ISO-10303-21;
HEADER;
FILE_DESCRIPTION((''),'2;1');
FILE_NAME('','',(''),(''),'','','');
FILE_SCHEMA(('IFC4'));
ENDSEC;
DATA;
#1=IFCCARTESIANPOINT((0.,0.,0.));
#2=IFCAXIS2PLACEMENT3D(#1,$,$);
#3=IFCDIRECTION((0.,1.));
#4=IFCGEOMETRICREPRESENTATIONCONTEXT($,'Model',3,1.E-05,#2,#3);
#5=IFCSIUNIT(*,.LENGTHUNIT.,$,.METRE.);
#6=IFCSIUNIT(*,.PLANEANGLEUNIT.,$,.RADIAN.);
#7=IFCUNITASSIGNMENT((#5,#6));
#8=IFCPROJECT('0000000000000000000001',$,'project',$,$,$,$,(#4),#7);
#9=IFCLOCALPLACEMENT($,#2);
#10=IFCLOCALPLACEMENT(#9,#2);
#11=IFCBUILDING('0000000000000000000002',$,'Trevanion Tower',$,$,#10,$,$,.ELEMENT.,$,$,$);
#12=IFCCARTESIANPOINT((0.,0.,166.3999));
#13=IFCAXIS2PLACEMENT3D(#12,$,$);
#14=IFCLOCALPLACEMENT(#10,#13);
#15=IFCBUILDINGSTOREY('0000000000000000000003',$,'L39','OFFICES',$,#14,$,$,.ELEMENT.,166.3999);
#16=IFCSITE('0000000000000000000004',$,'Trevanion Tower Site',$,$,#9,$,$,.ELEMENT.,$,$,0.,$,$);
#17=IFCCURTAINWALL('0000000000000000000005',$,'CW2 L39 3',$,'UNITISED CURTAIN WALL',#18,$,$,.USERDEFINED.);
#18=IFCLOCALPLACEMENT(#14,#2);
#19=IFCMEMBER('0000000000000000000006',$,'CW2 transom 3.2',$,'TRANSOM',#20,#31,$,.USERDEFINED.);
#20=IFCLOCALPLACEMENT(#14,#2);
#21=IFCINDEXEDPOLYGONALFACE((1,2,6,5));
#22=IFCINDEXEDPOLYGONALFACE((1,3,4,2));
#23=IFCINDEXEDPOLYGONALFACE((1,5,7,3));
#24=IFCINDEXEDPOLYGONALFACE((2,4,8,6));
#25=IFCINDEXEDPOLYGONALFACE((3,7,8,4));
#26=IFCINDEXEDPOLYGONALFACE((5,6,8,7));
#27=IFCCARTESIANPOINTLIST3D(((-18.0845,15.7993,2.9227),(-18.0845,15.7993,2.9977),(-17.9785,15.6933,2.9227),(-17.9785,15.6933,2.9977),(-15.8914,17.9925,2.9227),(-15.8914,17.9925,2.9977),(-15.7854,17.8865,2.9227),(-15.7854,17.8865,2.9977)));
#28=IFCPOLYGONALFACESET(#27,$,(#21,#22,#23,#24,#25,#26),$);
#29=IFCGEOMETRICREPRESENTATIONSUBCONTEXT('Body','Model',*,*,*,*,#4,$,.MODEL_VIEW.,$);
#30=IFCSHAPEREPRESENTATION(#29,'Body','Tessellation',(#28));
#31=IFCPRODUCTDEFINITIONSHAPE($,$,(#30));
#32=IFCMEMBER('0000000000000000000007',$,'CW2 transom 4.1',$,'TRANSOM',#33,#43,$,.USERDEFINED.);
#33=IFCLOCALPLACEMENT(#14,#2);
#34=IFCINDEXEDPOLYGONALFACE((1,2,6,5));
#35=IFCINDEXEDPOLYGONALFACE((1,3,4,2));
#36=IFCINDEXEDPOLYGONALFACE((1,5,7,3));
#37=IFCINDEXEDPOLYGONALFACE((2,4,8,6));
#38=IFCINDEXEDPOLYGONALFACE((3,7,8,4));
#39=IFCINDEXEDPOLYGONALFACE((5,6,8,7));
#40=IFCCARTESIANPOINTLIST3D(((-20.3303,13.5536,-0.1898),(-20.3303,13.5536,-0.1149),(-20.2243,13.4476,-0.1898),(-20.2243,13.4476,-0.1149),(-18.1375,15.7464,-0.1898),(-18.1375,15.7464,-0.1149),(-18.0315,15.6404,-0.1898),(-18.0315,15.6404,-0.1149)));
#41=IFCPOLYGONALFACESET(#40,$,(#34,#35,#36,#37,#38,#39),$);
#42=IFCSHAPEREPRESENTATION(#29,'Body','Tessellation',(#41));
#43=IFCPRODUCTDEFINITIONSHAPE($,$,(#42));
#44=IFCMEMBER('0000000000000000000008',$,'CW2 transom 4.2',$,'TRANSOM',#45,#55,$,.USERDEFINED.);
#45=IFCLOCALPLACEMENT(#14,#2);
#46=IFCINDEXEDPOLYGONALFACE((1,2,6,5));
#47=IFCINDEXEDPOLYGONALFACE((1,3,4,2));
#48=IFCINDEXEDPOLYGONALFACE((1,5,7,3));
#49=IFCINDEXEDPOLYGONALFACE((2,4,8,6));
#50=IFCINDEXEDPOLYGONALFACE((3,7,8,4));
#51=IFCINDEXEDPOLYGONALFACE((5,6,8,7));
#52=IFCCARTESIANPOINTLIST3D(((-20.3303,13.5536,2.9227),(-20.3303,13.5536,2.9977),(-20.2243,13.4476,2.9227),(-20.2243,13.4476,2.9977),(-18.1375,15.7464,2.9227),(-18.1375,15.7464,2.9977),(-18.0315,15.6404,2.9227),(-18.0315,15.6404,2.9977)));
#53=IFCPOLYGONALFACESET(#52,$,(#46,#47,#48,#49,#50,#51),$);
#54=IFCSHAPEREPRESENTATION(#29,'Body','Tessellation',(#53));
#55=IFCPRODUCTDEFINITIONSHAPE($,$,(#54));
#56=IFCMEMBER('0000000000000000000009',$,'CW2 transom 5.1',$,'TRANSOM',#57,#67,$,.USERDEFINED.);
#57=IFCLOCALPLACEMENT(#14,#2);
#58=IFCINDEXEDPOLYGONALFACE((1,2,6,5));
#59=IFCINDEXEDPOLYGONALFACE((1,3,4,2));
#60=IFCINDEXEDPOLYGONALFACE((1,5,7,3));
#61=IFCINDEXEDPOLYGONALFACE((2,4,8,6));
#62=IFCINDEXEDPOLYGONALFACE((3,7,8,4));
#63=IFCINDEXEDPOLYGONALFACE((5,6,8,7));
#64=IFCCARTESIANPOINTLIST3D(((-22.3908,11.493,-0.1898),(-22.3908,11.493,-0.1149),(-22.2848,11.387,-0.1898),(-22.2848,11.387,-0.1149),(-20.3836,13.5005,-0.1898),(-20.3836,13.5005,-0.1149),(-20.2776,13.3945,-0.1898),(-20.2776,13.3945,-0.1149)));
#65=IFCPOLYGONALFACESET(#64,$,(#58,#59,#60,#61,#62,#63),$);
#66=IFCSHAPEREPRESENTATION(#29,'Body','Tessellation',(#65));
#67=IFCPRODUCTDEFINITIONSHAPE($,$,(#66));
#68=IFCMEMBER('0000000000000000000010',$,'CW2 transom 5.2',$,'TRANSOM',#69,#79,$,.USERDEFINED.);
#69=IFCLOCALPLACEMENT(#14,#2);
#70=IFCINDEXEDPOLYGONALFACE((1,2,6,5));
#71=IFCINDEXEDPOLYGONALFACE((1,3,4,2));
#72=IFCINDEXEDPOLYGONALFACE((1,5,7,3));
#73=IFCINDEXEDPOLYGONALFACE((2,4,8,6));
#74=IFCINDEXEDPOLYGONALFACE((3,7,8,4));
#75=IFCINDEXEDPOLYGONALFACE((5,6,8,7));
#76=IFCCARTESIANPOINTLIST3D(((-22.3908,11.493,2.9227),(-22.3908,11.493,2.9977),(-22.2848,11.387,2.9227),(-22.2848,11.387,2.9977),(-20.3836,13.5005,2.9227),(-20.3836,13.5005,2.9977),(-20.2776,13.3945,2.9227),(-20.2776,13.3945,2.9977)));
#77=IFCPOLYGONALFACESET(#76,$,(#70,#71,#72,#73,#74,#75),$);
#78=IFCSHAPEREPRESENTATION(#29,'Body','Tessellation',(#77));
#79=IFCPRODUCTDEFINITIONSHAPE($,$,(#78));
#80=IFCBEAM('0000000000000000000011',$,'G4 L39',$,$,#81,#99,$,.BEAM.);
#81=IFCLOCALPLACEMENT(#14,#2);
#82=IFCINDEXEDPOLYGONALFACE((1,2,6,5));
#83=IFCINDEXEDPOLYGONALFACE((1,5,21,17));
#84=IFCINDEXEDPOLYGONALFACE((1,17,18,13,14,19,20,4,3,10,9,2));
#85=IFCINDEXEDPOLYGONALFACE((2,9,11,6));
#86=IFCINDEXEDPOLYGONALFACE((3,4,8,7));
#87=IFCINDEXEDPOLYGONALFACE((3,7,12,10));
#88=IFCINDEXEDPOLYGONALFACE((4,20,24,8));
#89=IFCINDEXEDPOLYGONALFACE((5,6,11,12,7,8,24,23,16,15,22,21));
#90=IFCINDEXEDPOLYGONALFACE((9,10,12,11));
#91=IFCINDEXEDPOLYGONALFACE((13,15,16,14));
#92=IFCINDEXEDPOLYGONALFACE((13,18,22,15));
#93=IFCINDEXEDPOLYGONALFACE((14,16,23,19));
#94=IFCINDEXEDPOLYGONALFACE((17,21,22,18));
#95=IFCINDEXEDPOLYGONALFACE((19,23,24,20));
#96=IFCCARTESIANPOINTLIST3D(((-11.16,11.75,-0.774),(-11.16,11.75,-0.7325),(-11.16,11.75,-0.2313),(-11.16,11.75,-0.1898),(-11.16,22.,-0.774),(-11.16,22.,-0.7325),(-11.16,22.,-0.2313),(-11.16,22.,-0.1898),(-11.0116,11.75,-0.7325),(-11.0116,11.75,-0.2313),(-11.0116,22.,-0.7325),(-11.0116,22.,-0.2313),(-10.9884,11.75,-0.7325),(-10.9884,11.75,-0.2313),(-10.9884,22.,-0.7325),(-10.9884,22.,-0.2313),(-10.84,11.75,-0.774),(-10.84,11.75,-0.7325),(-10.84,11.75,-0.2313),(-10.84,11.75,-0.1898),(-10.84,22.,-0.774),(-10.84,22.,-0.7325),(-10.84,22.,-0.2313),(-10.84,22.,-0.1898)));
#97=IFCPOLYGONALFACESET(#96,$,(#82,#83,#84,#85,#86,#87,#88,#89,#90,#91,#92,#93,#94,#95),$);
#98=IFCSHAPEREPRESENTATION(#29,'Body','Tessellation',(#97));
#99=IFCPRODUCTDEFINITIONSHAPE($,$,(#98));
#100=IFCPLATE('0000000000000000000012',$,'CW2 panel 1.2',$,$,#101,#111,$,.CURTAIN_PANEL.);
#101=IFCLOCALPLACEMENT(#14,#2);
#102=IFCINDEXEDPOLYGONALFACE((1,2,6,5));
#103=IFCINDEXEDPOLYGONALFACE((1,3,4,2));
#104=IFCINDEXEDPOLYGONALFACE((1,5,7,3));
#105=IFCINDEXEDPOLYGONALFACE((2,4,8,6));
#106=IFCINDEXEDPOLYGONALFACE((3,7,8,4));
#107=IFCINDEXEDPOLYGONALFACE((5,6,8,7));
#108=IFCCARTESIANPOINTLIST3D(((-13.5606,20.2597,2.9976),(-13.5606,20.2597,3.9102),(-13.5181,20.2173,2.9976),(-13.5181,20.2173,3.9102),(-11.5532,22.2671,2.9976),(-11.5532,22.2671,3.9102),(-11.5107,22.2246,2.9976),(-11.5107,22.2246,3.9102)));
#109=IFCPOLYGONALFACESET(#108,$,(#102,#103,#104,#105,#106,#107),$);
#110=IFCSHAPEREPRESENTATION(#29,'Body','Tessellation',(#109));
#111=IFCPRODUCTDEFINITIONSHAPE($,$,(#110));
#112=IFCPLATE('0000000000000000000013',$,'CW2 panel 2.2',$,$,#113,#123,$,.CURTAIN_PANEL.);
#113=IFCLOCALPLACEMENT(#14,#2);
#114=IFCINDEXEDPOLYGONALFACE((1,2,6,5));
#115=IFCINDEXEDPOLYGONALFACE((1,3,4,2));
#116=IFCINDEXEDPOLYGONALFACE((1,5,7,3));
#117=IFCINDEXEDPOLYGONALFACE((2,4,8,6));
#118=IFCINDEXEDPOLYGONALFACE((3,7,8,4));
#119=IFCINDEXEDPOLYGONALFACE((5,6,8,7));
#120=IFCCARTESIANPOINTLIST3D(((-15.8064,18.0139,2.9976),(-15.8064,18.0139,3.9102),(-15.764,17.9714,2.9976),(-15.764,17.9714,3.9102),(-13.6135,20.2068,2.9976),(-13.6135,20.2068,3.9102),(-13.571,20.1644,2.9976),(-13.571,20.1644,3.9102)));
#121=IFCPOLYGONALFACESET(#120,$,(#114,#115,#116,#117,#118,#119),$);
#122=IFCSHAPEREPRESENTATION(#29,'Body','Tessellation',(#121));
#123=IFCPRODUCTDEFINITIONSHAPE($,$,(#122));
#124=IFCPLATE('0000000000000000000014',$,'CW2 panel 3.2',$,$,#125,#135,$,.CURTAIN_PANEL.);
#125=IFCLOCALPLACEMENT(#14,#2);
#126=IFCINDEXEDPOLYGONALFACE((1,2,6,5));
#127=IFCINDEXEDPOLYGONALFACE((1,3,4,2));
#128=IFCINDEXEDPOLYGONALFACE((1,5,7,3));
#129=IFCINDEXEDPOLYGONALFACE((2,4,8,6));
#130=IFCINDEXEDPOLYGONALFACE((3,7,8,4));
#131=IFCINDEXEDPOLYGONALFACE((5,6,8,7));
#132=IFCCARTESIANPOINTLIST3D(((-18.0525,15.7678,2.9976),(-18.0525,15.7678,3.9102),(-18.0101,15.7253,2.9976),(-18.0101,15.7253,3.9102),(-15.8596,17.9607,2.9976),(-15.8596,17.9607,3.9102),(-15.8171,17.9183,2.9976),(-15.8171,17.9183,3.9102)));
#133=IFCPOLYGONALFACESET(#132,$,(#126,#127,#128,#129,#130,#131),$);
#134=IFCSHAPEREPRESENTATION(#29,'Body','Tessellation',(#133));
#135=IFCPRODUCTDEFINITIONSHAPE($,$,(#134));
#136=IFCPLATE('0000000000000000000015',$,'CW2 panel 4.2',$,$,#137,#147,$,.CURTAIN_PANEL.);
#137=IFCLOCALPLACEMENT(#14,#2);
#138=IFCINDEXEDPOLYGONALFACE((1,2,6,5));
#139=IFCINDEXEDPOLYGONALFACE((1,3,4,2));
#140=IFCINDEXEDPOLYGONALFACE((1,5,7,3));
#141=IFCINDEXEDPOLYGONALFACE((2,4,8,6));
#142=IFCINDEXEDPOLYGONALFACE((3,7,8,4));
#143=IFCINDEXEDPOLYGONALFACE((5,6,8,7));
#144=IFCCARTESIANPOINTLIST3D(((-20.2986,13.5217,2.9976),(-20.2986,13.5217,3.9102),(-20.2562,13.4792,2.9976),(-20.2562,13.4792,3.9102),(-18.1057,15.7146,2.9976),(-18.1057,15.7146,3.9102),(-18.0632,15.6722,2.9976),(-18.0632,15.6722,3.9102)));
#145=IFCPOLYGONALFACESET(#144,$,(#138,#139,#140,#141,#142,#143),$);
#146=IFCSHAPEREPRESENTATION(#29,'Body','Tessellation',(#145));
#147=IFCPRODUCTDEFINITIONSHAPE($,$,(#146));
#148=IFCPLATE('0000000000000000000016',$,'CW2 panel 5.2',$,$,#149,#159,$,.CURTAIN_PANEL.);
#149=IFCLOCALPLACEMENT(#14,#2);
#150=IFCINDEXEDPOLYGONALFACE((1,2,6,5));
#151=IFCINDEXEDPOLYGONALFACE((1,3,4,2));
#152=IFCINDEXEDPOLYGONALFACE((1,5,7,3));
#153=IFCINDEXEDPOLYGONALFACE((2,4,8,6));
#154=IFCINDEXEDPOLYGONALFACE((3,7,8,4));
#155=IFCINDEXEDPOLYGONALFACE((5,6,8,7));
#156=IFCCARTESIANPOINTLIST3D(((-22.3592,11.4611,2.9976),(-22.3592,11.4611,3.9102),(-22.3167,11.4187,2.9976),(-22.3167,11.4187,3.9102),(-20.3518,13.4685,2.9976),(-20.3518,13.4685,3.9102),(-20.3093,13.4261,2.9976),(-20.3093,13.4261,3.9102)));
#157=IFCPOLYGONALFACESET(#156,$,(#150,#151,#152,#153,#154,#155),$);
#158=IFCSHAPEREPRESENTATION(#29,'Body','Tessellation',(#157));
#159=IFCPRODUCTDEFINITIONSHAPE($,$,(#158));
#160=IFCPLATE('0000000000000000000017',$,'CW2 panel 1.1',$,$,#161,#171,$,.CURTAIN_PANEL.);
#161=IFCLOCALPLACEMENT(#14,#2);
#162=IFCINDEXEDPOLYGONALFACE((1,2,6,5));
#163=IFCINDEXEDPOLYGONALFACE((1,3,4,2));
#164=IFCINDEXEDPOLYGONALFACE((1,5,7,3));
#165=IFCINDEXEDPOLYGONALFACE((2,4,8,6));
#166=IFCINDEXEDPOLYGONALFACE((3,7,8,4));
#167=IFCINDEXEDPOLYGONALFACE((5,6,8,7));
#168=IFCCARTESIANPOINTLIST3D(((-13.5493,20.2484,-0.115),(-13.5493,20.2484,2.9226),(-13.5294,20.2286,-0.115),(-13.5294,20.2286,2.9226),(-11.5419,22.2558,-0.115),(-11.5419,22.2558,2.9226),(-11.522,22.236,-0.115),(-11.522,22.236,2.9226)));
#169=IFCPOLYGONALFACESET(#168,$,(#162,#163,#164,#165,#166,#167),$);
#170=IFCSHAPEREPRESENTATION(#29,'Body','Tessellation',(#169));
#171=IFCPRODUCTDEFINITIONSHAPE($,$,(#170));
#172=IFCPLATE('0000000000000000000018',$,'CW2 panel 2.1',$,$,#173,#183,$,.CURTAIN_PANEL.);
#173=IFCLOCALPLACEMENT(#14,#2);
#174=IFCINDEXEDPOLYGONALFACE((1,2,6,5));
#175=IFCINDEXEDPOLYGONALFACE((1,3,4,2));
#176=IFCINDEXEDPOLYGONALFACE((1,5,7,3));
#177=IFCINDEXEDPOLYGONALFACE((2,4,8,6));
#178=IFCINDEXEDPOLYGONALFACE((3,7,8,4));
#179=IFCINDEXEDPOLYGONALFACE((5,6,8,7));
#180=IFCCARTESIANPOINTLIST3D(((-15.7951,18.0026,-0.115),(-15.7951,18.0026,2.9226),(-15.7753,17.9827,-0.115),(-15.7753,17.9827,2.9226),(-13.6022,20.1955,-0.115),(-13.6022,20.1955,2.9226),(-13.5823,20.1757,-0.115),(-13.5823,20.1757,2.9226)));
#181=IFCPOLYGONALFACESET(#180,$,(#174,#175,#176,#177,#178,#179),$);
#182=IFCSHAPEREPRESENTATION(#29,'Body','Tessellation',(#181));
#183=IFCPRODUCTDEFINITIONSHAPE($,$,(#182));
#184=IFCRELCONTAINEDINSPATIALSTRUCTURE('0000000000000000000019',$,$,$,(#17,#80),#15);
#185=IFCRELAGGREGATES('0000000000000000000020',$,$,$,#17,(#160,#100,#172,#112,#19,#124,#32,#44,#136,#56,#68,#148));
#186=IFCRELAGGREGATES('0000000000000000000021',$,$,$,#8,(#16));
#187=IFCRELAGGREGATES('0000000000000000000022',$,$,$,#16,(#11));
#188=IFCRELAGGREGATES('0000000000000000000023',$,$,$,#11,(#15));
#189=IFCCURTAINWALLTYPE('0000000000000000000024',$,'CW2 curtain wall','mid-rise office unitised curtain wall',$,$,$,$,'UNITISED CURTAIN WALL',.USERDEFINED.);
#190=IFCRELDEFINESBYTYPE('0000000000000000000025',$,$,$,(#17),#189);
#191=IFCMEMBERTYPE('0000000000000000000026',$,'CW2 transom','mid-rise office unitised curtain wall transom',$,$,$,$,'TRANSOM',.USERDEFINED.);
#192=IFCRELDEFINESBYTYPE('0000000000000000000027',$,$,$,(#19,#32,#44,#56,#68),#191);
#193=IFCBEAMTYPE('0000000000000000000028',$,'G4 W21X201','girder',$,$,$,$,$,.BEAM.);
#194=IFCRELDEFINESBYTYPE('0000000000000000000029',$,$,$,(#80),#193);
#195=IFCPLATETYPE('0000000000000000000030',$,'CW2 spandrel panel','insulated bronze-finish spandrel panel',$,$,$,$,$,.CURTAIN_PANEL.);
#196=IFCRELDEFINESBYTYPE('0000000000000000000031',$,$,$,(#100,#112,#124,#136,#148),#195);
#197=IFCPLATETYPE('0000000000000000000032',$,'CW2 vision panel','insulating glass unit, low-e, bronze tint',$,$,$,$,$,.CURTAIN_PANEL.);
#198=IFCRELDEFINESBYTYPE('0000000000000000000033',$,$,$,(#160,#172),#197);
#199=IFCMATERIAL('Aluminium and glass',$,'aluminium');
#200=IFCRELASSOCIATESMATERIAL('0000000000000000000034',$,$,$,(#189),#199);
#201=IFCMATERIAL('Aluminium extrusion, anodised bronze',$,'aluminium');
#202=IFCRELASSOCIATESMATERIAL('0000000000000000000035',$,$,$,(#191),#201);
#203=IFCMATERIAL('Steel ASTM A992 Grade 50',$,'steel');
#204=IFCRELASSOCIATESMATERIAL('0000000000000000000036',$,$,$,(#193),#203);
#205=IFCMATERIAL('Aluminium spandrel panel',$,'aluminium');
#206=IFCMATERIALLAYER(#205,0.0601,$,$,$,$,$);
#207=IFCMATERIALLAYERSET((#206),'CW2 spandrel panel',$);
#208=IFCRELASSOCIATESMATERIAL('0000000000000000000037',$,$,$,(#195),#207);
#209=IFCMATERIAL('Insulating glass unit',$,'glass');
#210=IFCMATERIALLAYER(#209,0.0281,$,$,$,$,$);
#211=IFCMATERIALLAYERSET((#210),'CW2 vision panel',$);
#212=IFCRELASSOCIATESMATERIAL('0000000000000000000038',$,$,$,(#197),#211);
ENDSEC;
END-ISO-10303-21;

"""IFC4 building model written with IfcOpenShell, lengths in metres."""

from ifc_helpers import new_model, si_unit, direction, frame, origin, origin_2d, place, context, subcontext, project, spatial, rectangle, i_section, extrude, material, layer, layer_set, material_profile, profile_set, type_object, element, aggregate, save


model = new_model("IFC4")

# Units and contexts
model_context = context("Model", 3, precision=1e-05, world=origin(), true_north=direction((0.0, 1.0)))
body_context = subcontext(model_context, "Body", "Model", "MODEL_VIEW")
ifc_project = project(units=[si_unit("LENGTHUNIT", "METRE"), si_unit("PLANEANGLEUNIT", "RADIAN")], contexts=[model_context])

# Site, building, storey
site_placement = place(None, origin())
site = spatial("IfcSite", under=ifc_project, at=site_placement, Name="Trevanion Tower Site", CompositionType="ELEMENT", RefElevation=0.0)
building_placement = place(site_placement, origin())
building = spatial("IfcBuilding", under=site, at=building_placement, Name="Trevanion Tower", CompositionType="ELEMENT")
storey_placement = place(building_placement, frame((0.0, 0.0, 166.3999)))
storey = spatial("IfcBuildingStorey", under=building, at=storey_placement, Name="L39", Description="OFFICES", CompositionType="ELEMENT", Elevation=166.3999)

# Curtain wall
ifc_material_1 = material(Name="Aluminium and glass", Category="aluminium")
curtain_wall_type = type_object("IfcCurtainWallType", Name="CW2 curtain wall", Description="mid-rise office unitised curtain wall", ElementType="UNITISED CURTAIN WALL", PredefinedType="USERDEFINED", material=ifc_material_1)
curtain_wall_1_placement = place(storey_placement, origin())
curtain_wall_1 = element("IfcCurtainWall", 1, at=curtain_wall_1_placement, inside=storey, type_object=curtain_wall_type, Name="CW2 L39 3", ObjectType="UNITISED CURTAIN WALL", PredefinedType="USERDEFINED")

# Members
ifc_material_2 = material(Name="Aluminium extrusion, anodised bronze", Category="aluminium")
ifc_material_profile_1 = material_profile(ifc_material_2, rectangle(XDim=0.1499, YDim=0.075, at=origin_2d()), Name="CW2 transom")
ifc_profile_set_1 = profile_set([ifc_material_profile_1], Name="Aluminium extrusion, anodised bronze")
member_type_1 = type_object("IfcMemberType", Name="CW2 transom", Description="mid-rise office unitised curtain wall transom", ElementType="TRANSOM", PredefinedType="USERDEFINED", material=ifc_profile_set_1)
member_1_placement = place(storey_placement, frame((-15.8384, 17.9395, 2.9602), z_axis=(-0.707107, -0.707107, 0.0), x_axis=(0.707107, -0.707107, 0.0)))
member_1 = element("IfcMember", 2, at=member_1_placement, type_object=member_type_1, Name="CW2 transom 3.2", ObjectType="TRANSOM", PredefinedType="USERDEFINED", context=body_context, shape_type="SweptSolid", body=[
    extrude(rectangle(XDim=0.1499, YDim=0.075, at=origin_2d()), origin(), (0.0, 0.0, 1.0), 3.1016),
])
member_2_placement = place(storey_placement, frame((-18.0845, 15.6934, -0.1523), z_axis=(-0.707107, -0.707107, 0.0), x_axis=(0.707107, -0.707107, 0.0)))
member_2 = element("IfcMember", 3, at=member_2_placement, type_object=member_type_1, Name="CW2 transom 4.1", ObjectType="TRANSOM", PredefinedType="USERDEFINED", context=body_context, shape_type="SweptSolid", body=[
    extrude(rectangle(XDim=0.1499, YDim=0.075, at=origin_2d()), origin(), (0.0, 0.0, 1.0), 3.1011),
])
member_3_placement = place(storey_placement, frame((-18.0845, 15.6934, 2.9602), z_axis=(-0.707107, -0.707107, 0.0), x_axis=(0.707107, -0.707107, 0.0)))
member_3 = element("IfcMember", 4, at=member_3_placement, type_object=member_type_1, Name="CW2 transom 4.2", ObjectType="TRANSOM", PredefinedType="USERDEFINED", context=body_context, shape_type="SweptSolid", body=[
    extrude(rectangle(XDim=0.1499, YDim=0.075, at=origin_2d()), origin(), (0.0, 0.0, 1.0), 3.1011),
])
member_4_placement = place(storey_placement, frame((-20.3306, 13.4475, -0.1523), z_axis=(-0.707064, -0.70715, 0.0), x_axis=(0.70715, -0.707064, 0.0)))
member_4 = element("IfcMember", 5, at=member_4_placement, type_object=member_type_1, Name="CW2 transom 5.1", ObjectType="TRANSOM", PredefinedType="USERDEFINED", context=body_context, shape_type="SweptSolid", body=[
    extrude(rectangle(XDim=0.1499, YDim=0.075, at=origin_2d()), origin(), (0.0, 0.0, 1.0), 2.8389),
])
member_5_placement = place(storey_placement, frame((-20.3306, 13.4475, 2.9602), z_axis=(-0.707064, -0.70715, 0.0), x_axis=(0.70715, -0.707064, 0.0)))
member_5 = element("IfcMember", 6, at=member_5_placement, type_object=member_type_1, Name="CW2 transom 5.2", ObjectType="TRANSOM", PredefinedType="USERDEFINED", context=body_context, shape_type="SweptSolid", body=[
    extrude(rectangle(XDim=0.1499, YDim=0.075, at=origin_2d()), origin(), (0.0, 0.0, 1.0), 2.8389),
])

# Beam
ifc_material_3 = material(Name="Steel ASTM A992 Grade 50", Category="steel")
ifc_material_profile_2 = material_profile(ifc_material_3, i_section(OverallWidth=0.3201, OverallDepth=0.5842, WebThickness=0.0232, FlangeThickness=0.0415, at=origin_2d()), Name="W21X201")
ifc_profile_set_2 = profile_set([ifc_material_profile_2], Name="Steel ASTM A992 Grade 50")
beam_type_1 = type_object("IfcBeamType", Name="G4 W21X201", Description="girder", PredefinedType="BEAM", material=ifc_profile_set_2)
beam_1_placement = place(storey_placement, frame((-11.0, 11.75, -0.4819), z_axis=(0.0, 1.0, 0.0), x_axis=(-1.0, 0.0, 0.0)))
element("IfcBeam", 7, at=beam_1_placement, inside=storey, type_object=beam_type_1, Name="G4 L39", PredefinedType="BEAM", context=body_context, shape_type="SweptSolid", body=[
    extrude(i_section(OverallWidth=0.3201, OverallDepth=0.5842, WebThickness=0.0232, FlangeThickness=0.0415, at=origin_2d()), origin(), (0.0, 0.0, 1.0), 10.25),
])

# Plates
ifc_material_4 = material(Name="Aluminium spandrel panel", Category="aluminium")
ifc_layer_1 = layer(ifc_material_4, 0.0601)
ifc_layer_set_1 = layer_set([ifc_layer_1], Name="CW2 spandrel panel")
plate_type_1 = type_object("IfcPlateType", Name="CW2 spandrel panel", Description="insulated bronze-finish spandrel panel", PredefinedType="CURTAIN_PANEL", material=ifc_layer_set_1)
plate_1_placement = place(storey_placement, frame((-12.5356, 21.2422, 2.9976), z_axis=(0.0, 0.0, 1.0), x_axis=(-0.707107, -0.707107, 0.0)))
plate_1 = element("IfcPlate", 8, at=plate_1_placement, type_object=plate_type_1, Name="CW2 panel 1.2", PredefinedType="CURTAIN_PANEL", context=body_context, shape_type="SweptSolid", body=[
    extrude(rectangle(XDim=2.8389, YDim=0.0601, at=origin_2d()), origin(), (0.0, 0.0, 1.0), 0.9126),
])
plate_2_placement = place(storey_placement, frame((-14.6887, 19.0891, 2.9976), z_axis=(0.0, 0.0, 1.0), x_axis=(-0.707107, -0.707107, 0.0)))
plate_2 = element("IfcPlate", 9, at=plate_2_placement, type_object=plate_type_1, Name="CW2 panel 2.2", PredefinedType="CURTAIN_PANEL", context=body_context, shape_type="SweptSolid", body=[
    extrude(rectangle(XDim=3.1013, YDim=0.0601, at=origin_2d()), origin(), (0.0, 0.0, 1.0), 0.9126),
])
plate_3_placement = place(storey_placement, frame((-16.9348, 16.843, 2.9976), z_axis=(0.0, 0.0, 1.0), x_axis=(-0.707107, -0.707107, 0.0)))
plate_3 = element("IfcPlate", 10, at=plate_3_placement, type_object=plate_type_1, Name="CW2 panel 3.2", PredefinedType="CURTAIN_PANEL", context=body_context, shape_type="SweptSolid", body=[
    extrude(rectangle(XDim=3.1013, YDim=0.0601, at=origin_2d()), origin(), (0.0, 0.0, 1.0), 0.9126),
])
plate_4_placement = place(storey_placement, frame((-19.1809, 14.5969, 2.9976), z_axis=(0.0, 0.0, 1.0), x_axis=(-0.707107, -0.707107, 0.0)))
plate_4 = element("IfcPlate", 11, at=plate_4_placement, type_object=plate_type_1, Name="CW2 panel 4.2", PredefinedType="CURTAIN_PANEL", context=body_context, shape_type="SweptSolid", body=[
    extrude(rectangle(XDim=3.1013, YDim=0.0601, at=origin_2d()), origin(), (0.0, 0.0, 1.0), 0.9126),
])
plate_5_placement = place(storey_placement, frame((-21.3342, 12.4436, 2.9976), z_axis=(0.0, 0.0, 1.0), x_axis=(-0.707107, -0.707107, 0.0)))
plate_5 = element("IfcPlate", 12, at=plate_5_placement, type_object=plate_type_1, Name="CW2 panel 5.2", PredefinedType="CURTAIN_PANEL", context=body_context, shape_type="SweptSolid", body=[
    extrude(rectangle(XDim=2.8389, YDim=0.0601, at=origin_2d()), origin(), (0.0, 0.0, 1.0), 0.9126),
])
ifc_material_5 = material(Name="Insulating glass unit", Category="glass")
ifc_layer_2 = layer(ifc_material_5, 0.0281)
ifc_layer_set_2 = layer_set([ifc_layer_2], Name="CW2 vision panel")
plate_type_2 = type_object("IfcPlateType", Name="CW2 vision panel", Description="insulating glass unit, low-e, bronze tint", PredefinedType="CURTAIN_PANEL", material=ifc_layer_set_2)
plate_6_placement = place(storey_placement, frame((-12.5356, 21.2422, -0.115), z_axis=(0.0, 0.0, 1.0), x_axis=(-0.707107, -0.707107, 0.0)))
plate_6 = element("IfcPlate", 13, at=plate_6_placement, type_object=plate_type_2, Name="CW2 panel 1.1", PredefinedType="CURTAIN_PANEL", context=body_context, shape_type="SweptSolid", body=[
    extrude(rectangle(XDim=2.8389, YDim=0.0281, at=origin_2d()), origin(), (0.0, 0.0, 1.0), 3.0376),
])
plate_7_placement = place(storey_placement, frame((-14.6887, 19.0891, -0.115), z_axis=(0.0, 0.0, 1.0), x_axis=(-0.707107, -0.707107, 0.0)))
plate_7 = element("IfcPlate", 14, at=plate_7_placement, type_object=plate_type_2, Name="CW2 panel 2.1", PredefinedType="CURTAIN_PANEL", context=body_context, shape_type="SweptSolid", body=[
    extrude(rectangle(XDim=3.1013, YDim=0.0281, at=origin_2d()), origin(), (0.0, 0.0, 1.0), 3.0376),
])
aggregate(curtain_wall_1, [plate_6, plate_1, plate_7, plate_2, member_1, plate_3, member_2, member_3, plate_4, member_4, member_5, plate_5])

save(model, "model.ifc")
